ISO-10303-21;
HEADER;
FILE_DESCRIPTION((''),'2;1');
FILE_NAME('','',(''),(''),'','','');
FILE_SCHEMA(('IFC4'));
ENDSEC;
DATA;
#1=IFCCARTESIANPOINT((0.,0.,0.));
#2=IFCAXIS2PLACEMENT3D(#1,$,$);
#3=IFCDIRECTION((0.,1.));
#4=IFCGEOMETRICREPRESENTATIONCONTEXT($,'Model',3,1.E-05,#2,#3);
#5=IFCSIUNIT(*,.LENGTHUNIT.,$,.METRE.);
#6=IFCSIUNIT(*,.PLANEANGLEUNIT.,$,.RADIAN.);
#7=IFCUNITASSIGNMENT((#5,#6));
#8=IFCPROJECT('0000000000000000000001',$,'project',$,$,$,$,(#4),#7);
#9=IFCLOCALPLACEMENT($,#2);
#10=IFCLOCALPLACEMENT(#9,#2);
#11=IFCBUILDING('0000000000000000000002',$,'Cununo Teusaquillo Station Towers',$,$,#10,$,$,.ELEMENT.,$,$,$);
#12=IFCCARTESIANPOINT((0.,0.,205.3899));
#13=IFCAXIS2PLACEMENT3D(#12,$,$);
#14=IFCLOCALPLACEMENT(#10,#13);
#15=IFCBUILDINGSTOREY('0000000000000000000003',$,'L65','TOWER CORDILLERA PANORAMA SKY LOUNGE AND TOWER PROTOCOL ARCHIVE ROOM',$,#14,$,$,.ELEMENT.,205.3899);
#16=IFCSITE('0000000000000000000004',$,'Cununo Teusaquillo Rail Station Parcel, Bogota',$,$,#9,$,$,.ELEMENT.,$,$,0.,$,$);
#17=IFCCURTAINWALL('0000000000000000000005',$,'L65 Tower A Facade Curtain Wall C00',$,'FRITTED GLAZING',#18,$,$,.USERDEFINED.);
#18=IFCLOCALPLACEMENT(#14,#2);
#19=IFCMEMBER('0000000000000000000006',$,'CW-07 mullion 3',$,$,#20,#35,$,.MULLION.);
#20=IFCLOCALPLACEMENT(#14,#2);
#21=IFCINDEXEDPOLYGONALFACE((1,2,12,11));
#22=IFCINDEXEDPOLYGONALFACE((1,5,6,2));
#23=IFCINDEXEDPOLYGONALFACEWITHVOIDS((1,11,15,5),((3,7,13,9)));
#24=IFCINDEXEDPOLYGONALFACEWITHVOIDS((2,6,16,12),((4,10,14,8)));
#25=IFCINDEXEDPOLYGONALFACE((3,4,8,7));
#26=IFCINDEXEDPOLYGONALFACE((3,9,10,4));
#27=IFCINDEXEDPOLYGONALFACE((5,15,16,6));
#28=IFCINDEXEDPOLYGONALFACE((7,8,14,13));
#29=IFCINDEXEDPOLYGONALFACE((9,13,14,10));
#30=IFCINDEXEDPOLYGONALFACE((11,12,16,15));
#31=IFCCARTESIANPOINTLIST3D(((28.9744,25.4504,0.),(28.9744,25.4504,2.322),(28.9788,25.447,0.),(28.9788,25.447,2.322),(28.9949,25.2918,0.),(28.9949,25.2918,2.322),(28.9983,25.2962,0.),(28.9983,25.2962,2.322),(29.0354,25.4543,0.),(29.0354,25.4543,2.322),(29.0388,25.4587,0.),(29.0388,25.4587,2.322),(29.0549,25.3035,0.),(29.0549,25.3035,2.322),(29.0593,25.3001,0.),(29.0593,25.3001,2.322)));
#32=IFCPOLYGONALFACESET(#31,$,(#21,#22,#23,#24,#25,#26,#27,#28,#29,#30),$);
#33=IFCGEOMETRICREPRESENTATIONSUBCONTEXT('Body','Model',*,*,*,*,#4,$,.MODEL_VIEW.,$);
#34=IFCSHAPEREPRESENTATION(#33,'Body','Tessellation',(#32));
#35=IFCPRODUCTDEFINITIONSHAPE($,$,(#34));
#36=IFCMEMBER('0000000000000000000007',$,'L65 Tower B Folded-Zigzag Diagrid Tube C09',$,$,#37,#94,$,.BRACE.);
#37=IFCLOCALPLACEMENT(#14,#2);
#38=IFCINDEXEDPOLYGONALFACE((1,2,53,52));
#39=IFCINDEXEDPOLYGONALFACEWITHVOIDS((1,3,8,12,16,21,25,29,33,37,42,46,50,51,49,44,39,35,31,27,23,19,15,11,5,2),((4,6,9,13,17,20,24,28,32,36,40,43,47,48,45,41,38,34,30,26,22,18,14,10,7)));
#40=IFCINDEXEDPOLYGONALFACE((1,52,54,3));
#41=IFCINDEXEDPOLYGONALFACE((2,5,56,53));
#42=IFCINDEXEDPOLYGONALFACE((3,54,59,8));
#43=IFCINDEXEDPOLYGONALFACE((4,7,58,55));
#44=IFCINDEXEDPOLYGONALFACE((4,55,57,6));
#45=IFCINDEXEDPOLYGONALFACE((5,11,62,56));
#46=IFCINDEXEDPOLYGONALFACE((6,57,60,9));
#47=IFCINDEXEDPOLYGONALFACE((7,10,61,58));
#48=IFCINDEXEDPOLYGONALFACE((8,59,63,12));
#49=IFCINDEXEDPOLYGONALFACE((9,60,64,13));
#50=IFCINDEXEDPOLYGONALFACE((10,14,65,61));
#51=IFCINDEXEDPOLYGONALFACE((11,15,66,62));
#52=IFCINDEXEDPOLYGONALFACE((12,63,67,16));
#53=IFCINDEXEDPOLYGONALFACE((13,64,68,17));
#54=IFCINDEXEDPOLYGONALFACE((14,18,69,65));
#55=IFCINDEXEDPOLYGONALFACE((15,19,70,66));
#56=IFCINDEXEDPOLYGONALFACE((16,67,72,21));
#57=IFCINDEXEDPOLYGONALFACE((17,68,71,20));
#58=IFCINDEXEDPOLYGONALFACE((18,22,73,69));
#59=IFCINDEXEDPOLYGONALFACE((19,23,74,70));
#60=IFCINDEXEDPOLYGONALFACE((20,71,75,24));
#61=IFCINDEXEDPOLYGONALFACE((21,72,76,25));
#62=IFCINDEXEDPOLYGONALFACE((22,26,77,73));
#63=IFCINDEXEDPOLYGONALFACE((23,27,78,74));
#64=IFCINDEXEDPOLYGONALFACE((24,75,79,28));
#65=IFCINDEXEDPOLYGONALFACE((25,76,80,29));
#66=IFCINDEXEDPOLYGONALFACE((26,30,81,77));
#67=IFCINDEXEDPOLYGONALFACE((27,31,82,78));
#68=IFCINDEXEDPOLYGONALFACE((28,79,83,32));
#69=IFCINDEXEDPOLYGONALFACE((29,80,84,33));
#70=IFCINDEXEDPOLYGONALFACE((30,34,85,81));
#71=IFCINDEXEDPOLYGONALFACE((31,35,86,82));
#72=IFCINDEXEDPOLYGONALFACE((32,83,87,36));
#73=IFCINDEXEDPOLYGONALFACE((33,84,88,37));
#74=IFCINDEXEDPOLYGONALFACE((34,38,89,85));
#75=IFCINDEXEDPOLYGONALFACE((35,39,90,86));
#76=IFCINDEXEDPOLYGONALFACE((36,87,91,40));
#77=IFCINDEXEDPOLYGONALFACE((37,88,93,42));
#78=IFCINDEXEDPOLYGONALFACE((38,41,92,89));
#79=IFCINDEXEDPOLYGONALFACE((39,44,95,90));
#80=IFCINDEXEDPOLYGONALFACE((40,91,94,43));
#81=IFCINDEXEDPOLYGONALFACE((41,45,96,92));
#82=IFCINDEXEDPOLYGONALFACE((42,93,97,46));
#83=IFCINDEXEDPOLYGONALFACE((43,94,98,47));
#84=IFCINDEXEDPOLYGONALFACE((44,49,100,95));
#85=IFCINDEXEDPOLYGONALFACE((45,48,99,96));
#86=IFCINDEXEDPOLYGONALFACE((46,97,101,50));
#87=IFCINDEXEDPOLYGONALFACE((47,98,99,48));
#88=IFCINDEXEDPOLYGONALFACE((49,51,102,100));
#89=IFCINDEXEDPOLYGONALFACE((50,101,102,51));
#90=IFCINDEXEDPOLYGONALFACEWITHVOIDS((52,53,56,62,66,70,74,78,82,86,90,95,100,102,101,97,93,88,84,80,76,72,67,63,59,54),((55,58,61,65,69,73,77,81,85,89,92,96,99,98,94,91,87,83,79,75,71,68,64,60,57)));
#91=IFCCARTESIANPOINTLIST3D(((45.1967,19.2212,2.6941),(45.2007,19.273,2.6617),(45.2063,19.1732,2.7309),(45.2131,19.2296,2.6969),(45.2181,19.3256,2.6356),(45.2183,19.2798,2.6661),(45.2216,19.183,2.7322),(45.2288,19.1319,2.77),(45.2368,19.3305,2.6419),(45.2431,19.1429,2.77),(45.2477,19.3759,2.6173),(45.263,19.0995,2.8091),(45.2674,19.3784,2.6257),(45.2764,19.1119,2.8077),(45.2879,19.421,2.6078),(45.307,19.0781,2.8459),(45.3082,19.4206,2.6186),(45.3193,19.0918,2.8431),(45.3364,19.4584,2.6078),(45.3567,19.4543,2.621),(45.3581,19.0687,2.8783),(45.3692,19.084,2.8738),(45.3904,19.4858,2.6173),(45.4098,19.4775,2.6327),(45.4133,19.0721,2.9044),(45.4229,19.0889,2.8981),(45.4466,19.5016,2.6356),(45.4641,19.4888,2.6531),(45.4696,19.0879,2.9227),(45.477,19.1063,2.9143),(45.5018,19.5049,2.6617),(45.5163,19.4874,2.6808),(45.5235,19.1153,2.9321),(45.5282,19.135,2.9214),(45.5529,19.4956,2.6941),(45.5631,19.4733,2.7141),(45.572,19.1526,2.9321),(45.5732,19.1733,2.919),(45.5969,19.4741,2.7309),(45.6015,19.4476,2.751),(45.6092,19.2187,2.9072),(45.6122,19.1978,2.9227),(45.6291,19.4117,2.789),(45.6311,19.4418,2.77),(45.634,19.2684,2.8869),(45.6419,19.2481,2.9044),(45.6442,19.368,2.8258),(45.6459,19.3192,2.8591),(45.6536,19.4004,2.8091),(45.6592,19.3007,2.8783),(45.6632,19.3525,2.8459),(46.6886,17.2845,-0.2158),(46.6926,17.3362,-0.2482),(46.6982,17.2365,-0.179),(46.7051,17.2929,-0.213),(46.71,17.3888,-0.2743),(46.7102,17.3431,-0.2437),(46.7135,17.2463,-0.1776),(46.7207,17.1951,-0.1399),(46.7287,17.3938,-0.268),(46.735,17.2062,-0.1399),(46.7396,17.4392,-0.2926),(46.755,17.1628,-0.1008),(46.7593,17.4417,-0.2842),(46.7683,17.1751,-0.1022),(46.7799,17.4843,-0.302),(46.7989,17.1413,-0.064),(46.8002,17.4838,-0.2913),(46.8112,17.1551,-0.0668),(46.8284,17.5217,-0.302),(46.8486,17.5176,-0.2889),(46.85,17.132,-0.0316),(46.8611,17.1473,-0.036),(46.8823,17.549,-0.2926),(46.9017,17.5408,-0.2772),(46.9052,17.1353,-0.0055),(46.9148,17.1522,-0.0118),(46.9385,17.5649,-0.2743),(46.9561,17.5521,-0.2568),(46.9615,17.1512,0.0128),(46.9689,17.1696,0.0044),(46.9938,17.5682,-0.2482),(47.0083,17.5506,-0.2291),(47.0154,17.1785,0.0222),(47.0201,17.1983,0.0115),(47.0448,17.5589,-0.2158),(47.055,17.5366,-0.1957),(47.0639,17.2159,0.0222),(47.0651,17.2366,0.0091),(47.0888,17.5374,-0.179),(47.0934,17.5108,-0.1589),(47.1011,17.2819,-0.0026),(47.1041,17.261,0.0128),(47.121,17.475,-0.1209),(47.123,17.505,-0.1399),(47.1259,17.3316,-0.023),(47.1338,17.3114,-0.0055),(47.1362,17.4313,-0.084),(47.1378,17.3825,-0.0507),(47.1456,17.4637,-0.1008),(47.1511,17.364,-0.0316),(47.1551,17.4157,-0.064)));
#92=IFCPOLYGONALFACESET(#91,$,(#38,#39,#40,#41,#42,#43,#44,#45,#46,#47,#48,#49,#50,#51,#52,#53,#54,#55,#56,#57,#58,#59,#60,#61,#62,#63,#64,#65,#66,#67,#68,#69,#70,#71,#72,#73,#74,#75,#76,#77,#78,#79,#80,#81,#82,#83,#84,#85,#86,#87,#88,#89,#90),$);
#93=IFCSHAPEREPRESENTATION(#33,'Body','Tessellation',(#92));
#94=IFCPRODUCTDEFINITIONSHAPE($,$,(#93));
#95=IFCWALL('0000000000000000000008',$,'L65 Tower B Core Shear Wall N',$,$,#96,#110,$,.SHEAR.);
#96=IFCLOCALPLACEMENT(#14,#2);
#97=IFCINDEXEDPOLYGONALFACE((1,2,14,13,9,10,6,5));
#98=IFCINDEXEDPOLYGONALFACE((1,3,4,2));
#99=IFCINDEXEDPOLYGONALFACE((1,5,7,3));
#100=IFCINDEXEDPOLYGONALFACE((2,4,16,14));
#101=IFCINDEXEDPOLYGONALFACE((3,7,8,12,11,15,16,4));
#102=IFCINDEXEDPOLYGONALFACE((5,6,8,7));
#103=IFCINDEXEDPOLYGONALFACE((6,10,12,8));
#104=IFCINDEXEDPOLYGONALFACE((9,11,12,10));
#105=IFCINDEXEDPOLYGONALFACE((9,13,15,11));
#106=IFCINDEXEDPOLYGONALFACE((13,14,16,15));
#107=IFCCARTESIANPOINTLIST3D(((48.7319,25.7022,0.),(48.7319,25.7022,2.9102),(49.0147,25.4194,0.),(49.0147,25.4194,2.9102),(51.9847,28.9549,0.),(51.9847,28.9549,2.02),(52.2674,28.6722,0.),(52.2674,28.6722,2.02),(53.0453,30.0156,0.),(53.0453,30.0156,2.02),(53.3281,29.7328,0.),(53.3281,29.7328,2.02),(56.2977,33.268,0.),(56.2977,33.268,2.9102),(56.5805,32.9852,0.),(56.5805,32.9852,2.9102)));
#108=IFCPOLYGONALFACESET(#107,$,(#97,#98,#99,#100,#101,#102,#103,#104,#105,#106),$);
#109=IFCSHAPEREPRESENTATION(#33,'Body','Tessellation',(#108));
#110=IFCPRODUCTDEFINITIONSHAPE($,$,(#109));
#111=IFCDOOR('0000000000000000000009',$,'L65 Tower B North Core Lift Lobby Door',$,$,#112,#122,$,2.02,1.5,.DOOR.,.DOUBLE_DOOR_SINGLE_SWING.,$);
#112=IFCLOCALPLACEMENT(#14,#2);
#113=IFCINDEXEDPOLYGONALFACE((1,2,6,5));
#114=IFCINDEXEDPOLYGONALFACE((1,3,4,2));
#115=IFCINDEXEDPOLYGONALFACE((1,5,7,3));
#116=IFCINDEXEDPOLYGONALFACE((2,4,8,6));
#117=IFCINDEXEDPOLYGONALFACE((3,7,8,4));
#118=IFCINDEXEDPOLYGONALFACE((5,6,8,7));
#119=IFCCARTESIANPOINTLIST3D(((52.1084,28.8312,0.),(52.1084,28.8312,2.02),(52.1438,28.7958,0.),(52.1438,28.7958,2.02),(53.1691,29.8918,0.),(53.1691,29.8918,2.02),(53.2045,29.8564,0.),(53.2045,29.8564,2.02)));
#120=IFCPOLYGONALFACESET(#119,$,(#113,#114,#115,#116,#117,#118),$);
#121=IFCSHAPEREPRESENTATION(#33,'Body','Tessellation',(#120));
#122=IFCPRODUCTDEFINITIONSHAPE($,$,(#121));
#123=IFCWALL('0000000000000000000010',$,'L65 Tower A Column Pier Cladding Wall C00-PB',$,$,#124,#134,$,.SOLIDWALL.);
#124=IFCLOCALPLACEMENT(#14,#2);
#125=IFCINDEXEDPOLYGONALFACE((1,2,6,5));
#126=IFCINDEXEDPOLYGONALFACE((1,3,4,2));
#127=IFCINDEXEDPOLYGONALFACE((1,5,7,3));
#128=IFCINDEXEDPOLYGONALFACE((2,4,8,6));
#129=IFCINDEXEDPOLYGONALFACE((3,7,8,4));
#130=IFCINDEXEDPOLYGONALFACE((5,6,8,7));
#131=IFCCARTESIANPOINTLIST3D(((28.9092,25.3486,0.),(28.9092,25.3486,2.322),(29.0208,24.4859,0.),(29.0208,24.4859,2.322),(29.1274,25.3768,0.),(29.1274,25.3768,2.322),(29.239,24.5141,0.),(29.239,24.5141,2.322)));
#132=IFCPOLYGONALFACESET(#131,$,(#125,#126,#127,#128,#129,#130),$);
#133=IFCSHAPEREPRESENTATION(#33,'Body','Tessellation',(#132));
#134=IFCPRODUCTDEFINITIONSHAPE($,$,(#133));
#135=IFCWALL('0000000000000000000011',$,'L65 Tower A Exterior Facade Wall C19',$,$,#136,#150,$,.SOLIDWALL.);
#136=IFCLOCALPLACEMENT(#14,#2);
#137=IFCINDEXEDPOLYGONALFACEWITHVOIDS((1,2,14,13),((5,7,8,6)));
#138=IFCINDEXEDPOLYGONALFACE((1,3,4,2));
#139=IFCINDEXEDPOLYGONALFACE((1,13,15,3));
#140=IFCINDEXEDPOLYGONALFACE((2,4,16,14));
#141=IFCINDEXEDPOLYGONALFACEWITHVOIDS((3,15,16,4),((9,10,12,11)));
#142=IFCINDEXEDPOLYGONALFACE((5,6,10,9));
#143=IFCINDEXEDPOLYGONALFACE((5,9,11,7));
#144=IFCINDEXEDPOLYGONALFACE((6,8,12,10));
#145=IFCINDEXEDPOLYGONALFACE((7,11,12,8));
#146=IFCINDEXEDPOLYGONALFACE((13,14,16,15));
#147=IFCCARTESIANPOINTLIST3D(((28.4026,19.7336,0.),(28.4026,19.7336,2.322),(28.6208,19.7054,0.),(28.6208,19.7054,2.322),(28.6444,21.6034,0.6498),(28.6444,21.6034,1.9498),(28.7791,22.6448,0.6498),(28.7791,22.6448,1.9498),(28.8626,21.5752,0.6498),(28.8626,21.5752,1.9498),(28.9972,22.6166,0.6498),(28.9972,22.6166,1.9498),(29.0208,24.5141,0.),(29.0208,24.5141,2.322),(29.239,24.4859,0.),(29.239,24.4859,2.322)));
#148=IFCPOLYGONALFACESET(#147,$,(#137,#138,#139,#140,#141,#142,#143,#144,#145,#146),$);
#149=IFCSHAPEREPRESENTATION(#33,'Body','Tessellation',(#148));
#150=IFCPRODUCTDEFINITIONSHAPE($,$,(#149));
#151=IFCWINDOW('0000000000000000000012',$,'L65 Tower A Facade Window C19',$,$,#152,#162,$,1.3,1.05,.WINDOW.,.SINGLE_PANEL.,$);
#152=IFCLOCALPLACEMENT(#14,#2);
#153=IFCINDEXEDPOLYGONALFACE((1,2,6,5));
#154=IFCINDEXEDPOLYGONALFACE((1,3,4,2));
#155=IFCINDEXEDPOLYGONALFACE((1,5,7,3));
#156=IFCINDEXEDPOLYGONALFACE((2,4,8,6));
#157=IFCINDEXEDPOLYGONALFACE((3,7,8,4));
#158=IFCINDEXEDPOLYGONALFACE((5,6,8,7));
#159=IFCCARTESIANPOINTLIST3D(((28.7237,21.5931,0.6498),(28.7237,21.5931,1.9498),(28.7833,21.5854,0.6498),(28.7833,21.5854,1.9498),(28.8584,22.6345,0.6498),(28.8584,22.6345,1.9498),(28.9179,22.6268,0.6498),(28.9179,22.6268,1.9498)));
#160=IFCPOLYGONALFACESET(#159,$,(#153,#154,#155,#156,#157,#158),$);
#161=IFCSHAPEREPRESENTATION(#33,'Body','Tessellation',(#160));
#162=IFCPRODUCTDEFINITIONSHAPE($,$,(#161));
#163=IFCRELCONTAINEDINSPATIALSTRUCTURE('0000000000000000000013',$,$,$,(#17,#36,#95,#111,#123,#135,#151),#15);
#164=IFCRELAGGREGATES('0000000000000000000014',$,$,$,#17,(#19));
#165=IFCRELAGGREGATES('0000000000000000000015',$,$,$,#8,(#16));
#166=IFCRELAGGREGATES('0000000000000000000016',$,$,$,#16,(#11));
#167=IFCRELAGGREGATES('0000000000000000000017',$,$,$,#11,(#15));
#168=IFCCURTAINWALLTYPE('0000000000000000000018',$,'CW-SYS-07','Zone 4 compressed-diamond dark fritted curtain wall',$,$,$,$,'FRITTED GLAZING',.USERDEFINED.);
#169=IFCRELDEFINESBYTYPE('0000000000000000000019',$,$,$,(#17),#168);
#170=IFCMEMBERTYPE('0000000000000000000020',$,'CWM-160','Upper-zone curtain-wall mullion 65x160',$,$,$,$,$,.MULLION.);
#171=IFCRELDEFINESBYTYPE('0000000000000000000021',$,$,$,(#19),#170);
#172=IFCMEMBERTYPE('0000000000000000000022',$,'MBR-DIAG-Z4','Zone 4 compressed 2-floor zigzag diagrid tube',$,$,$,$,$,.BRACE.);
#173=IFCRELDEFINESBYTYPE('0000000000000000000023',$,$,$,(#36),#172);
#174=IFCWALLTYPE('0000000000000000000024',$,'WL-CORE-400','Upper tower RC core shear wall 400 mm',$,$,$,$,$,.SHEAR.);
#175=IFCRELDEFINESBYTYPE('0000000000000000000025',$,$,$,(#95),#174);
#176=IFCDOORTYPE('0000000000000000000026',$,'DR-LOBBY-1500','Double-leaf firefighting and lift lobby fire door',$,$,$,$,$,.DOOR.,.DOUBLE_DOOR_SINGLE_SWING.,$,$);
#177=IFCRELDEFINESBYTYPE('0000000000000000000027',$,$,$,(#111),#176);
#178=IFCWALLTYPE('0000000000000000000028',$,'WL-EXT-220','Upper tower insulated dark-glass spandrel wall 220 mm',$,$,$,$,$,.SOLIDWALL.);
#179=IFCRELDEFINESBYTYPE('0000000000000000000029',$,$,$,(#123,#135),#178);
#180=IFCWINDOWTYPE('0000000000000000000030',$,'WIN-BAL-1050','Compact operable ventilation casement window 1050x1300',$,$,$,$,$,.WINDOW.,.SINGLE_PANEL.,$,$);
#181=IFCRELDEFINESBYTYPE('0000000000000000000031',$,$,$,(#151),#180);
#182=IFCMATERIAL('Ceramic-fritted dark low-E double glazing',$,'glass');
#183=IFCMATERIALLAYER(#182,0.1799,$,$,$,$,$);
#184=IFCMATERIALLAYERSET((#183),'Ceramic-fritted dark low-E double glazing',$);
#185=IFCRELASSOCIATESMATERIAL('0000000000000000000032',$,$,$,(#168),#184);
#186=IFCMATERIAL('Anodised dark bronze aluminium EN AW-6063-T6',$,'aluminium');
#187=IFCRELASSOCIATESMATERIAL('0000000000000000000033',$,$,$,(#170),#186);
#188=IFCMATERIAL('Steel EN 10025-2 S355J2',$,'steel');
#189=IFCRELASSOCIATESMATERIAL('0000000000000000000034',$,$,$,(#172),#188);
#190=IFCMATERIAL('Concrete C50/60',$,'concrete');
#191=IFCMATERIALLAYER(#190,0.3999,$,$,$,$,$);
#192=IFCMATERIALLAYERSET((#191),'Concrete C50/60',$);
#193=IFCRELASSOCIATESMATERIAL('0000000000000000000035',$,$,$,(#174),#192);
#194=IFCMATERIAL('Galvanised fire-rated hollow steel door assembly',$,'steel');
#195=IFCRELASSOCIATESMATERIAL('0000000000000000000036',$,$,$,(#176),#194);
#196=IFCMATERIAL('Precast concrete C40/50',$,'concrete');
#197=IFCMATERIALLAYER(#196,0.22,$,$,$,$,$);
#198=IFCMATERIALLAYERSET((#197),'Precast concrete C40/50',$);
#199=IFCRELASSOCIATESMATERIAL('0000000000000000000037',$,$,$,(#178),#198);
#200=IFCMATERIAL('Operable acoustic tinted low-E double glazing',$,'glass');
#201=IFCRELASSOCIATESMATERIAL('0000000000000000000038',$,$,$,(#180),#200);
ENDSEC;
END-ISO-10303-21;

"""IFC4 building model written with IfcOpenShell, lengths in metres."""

from ifc_helpers import new_model, si_unit, direction, frame, frame_2d, origin, origin_2d, place, context, subcontext, project, spatial, rectangle, hollow_rectangle, hollow_circle, extrude, source, transform, mapped, material, layer, layer_set, material_profile, profile_set, type_object, element, fill, aggregate, save


model = new_model("IFC4")

# Units and contexts
model_context = context("Model", 3, precision=1e-05, world=origin(), true_north=direction((0.0, 1.0)))
body_context = subcontext(model_context, "Body", "Model", "MODEL_VIEW")
ifc_project = project(units=[si_unit("LENGTHUNIT", "METRE"), si_unit("PLANEANGLEUNIT", "RADIAN")], contexts=[model_context])

# Site, building, storey
site_placement = place(None, origin())
site = spatial("IfcSite", under=ifc_project, at=site_placement, Name="Cununo Teusaquillo Rail Station Parcel, Bogota", CompositionType="ELEMENT", RefElevation=0.0)
building_placement = place(site_placement, origin())
building = spatial("IfcBuilding", under=site, at=building_placement, Name="Cununo Teusaquillo Station Towers", CompositionType="ELEMENT")
storey_placement = place(building_placement, frame((0.0, 0.0, 205.3899)))
storey = spatial("IfcBuildingStorey", under=building, at=storey_placement, Name="L65", Description="TOWER CORDILLERA PANORAMA SKY LOUNGE AND TOWER PROTOCOL ARCHIVE ROOM", CompositionType="ELEMENT", Elevation=205.3899)

# Curtain wall, member
ifc_material_1 = material(Name="Ceramic-fritted dark low-E double glazing", Category="glass")
ifc_layer_1 = layer(ifc_material_1, 0.1799)
ifc_layer_set_1 = layer_set([ifc_layer_1], Name="Ceramic-fritted dark low-E double glazing")
curtain_wall_type = type_object("IfcCurtainWallType", Name="CW-SYS-07", Description="Zone 4 compressed-diamond dark fritted curtain wall", ElementType="FRITTED GLAZING", PredefinedType="USERDEFINED", material=ifc_layer_set_1)
curtain_wall_placement = place(storey_placement, origin())
curtain_wall = element("IfcCurtainWall", 1, at=curtain_wall_placement, inside=storey, type_object=curtain_wall_type, Name="L65 Tower A Facade Curtain Wall C00", ObjectType="FRITTED GLAZING", PredefinedType="USERDEFINED")
ifc_material_2 = material(Name="Anodised dark bronze aluminium EN AW-6063-T6", Category="aluminium")
ifc_material_profile_1 = material_profile(ifc_material_2, hollow_rectangle(XDim=0.0649, YDim=0.1599, WallThickness=0.0039, at=origin_2d()), Name="CW-MULL-65x160")
ifc_profile_set_1 = profile_set([ifc_material_profile_1], Name="Anodised dark bronze aluminium EN AW-6063-T6")
member_type_1 = type_object("IfcMemberType", Name="CWM-160", Description="Upper-zone curtain-wall mullion 65x160", PredefinedType="MULLION", material=ifc_profile_set_1)
member_1_placement = place(storey_placement, frame((29.0168, 25.3752, 0.0), z_axis=(0.0, 0.0, 1.0), x_axis=(0.991742, 0.128253, 0.0)))
member_1 = element("IfcMember", 2, at=member_1_placement, type_object=member_type_1, Name="CW-07 mullion 3", PredefinedType="MULLION", context=body_context, shape_type="SweptSolid", body=[
    extrude(hollow_rectangle(XDim=0.0649, YDim=0.1599, WallThickness=0.0039, at=origin_2d()), origin(), (0.0, 0.0, 1.0), 2.322),
])
aggregate(curtain_wall, [member_1])

# Member
ifc_material_3 = material(Name="Steel EN 10025-2 S355J2", Category="steel")
ifc_material_profile_2 = material_profile(ifc_material_3, hollow_circle(Radius=0.2539, WallThickness=0.0181, at=origin_2d()), Name="CHS 508x18")
ifc_profile_set_2 = profile_set([ifc_material_profile_2], Name="Steel EN 10025-2 S355J2")
member_type_2 = type_object("IfcMemberType", Name="MBR-DIAG-Z4", Description="Zone 4 compressed 2-floor zigzag diagrid tube", PredefinedType="BRACE", material=ifc_profile_set_2)
member_2_placement = place(storey_placement, frame((46.9219, 17.3501, -0.1399), z_axis=(-0.392555, 0.509595, 0.765646), x_axis=(-0.792204, -0.610256, 0.0)))
element("IfcMember", 3, at=member_2_placement, inside=storey, type_object=member_type_2, Name="L65 Tower B Folded-Zigzag Diagrid Tube C09", PredefinedType="BRACE", context=body_context, shape_type="SweptSolid", body=[
    extrude(hollow_circle(Radius=0.2539, WallThickness=0.0181, at=origin_2d()), origin(), (0.0, 0.0, 1.0), 3.8005),
])

# Wall, opening, door
ifc_material_4 = material(Name="Concrete C50/60", Category="concrete")
ifc_layer_2 = layer(ifc_material_4, 0.3999)
ifc_layer_set_2 = layer_set([ifc_layer_2], Name="Concrete C50/60")
wall_type_1 = type_object("IfcWallType", Name="WL-CORE-400", Description="Upper tower RC core shear wall 400 mm", PredefinedType="SHEAR", material=ifc_layer_set_2)
wall_1_placement = place(storey_placement, frame((48.8733, 25.5608, 0.0), z_axis=(0.0, 0.0, 1.0), x_axis=(0.707107, 0.707107, 0.0)))
wall_1 = element("IfcWall", 4, at=wall_1_placement, inside=storey, type_object=wall_type_1, Name="L65 Tower B Core Shear Wall N", PredefinedType="SHEAR", context=body_context, shape_type="SweptSolid", body=[
    extrude(rectangle(XDim=10.6997, YDim=0.3999, at=frame_2d((5.3499, 0.0))), origin(), (0.0, 0.0, 1.0), 2.9102),
])
shared_shape_1 = source(origin(), body_context, "Body", "SweptSolid", [
    extrude(rectangle(XDim=1.5, YDim=2.02, at=frame_2d((0.75, 1.01))), frame((0.0, 0.21, 0.0), z_axis=(0.0, -1.0, 0.0), x_axis=(1.0, 0.0, 0.0)), (0.0, 0.0, 1.0), 0.4199),
])
opening_1_placement = place(wall_1_placement, frame((4.6001, 0.0, 0.0)))
opening_1 = element("IfcOpeningElement", 5, at=opening_1_placement, cuts=wall_1, PredefinedType="OPENING", context=body_context, shape_type="MappedRepresentation", body=[
    mapped(shared_shape_1, transform((0.0, 0.0, 0.0), x_axis=(1.0, 0.0, 0.0), y_axis=(0.0, 1.0, 0.0), z_axis=(0.0, 0.0, 1.0), scale=1.0)),
])
ifc_material_5 = material(Name="Galvanised fire-rated hollow steel door assembly", Category="steel")
door_type_1 = type_object("IfcDoorType", Name="DR-LOBBY-1500", Description="Double-leaf firefighting and lift lobby fire door", OperationType="DOUBLE_DOOR_SINGLE_SWING", PredefinedType="DOOR", material=ifc_material_5)
shared_shape_2 = source(origin(), body_context, "Body", "SweptSolid", [
    extrude(rectangle(XDim=1.5, YDim=2.02, at=frame_2d((0.75, 1.01))), frame((0.0, 0.0249, 0.0), z_axis=(0.0, -1.0, 0.0), x_axis=(1.0, 0.0, 0.0)), (0.0, 0.0, 1.0), 0.05),
])
door_1_placement = place(opening_1_placement, origin())
door_1 = element("IfcDoor", 6, at=door_1_placement, inside=storey, type_object=door_type_1, Name="L65 Tower B North Core Lift Lobby Door", OperationType="DOUBLE_DOOR_SINGLE_SWING", OverallHeight=2.02, OverallWidth=1.5, PredefinedType="DOOR", context=body_context, shape_type="MappedRepresentation", body=[
    mapped(shared_shape_2, transform((0.0, 0.0, 0.0), x_axis=(1.0, 0.0, 0.0), y_axis=(0.0, 1.0, 0.0), z_axis=(0.0, 0.0, 1.0), scale=1.0)),
])
fill(opening_1, door_1)

# Wall
ifc_material_6 = material(Name="Precast concrete C40/50", Category="concrete")
ifc_layer_3 = layer(ifc_material_6, 0.22)
ifc_layer_set_3 = layer_set([ifc_layer_3], Name="Precast concrete C40/50")
wall_type_2 = type_object("IfcWallType", Name="WL-EXT-220", Description="Upper tower insulated dark-glass spandrel wall 220 mm", PredefinedType="SOLIDWALL", material=ifc_layer_set_3)
wall_2_placement = place(storey_placement, frame((29.0183, 25.3628, 0.0), z_axis=(0.0, 0.0, 1.0), x_axis=(0.128247, -0.991742, 0.0)))
element("IfcWall", 7, at=wall_2_placement, inside=storey, type_object=wall_type_2, Name="L65 Tower A Column Pier Cladding Wall C00-PB", PredefinedType="SOLIDWALL", context=body_context, shape_type="SweptSolid", body=[
    extrude(rectangle(XDim=0.8699, YDim=0.22, at=frame_2d((0.4351, 0.0))), origin(), (0.0, 0.0, 1.0), 2.322),
])

# Wall, opening, window
wall_3_placement = place(storey_placement, frame((29.1299, 24.5, 0.0), z_axis=(0.0, 0.0, 1.0), x_axis=(-0.128241, -0.991743, 0.0)))
wall_3 = element("IfcWall", 8, at=wall_3_placement, inside=storey, type_object=wall_type_2, Name="L65 Tower A Exterior Facade Wall C19", PredefinedType="SOLIDWALL", context=body_context, shape_type="SweptSolid", body=[
    extrude(rectangle(XDim=4.8203, YDim=0.22, at=frame_2d((2.4102, 0.0))), origin(), (0.0, 0.0, 1.0), 2.322),
])
shared_shape_3 = source(origin(), body_context, "Body", "SweptSolid", [
    extrude(rectangle(XDim=1.05, YDim=1.3, at=frame_2d((0.5249, 0.6499))), frame((0.0, 0.1199, 0.0), z_axis=(0.0, -1.0, 0.0), x_axis=(1.0, 0.0, 0.0)), (0.0, 0.0, 1.0), 0.24),
])
opening_2_placement = place(wall_3_placement, frame((1.885, 0.0, 0.6499)))
opening_2 = element("IfcOpeningElement", 9, at=opening_2_placement, cuts=wall_3, PredefinedType="OPENING", context=body_context, shape_type="MappedRepresentation", body=[
    mapped(shared_shape_3, transform((0.0, 0.0, 0.0), x_axis=(1.0, 0.0, 0.0), y_axis=(0.0, 1.0, 0.0), z_axis=(0.0, 0.0, 1.0), scale=1.0)),
])
ifc_material_7 = material(Name="Operable acoustic tinted low-E double glazing", Category="glass")
window_type = type_object("IfcWindowType", Name="WIN-BAL-1050", Description="Compact operable ventilation casement window 1050x1300", PartitioningType="SINGLE_PANEL", PredefinedType="WINDOW", material=ifc_material_7)
shared_shape_4 = source(origin(), body_context, "Body", "SweptSolid", [
    extrude(rectangle(XDim=1.05, YDim=1.3, at=frame_2d((0.5249, 0.6499))), frame((0.0, 0.03, 0.0), z_axis=(0.0, -1.0, 0.0), x_axis=(1.0, 0.0, 0.0)), (0.0, 0.0, 1.0), 0.0601),
])
window_1_placement = place(opening_2_placement, origin())
window_1 = element("IfcWindow", 10, at=window_1_placement, inside=storey, type_object=window_type, Name="L65 Tower A Facade Window C19", OverallHeight=1.3, OverallWidth=1.05, PartitioningType="SINGLE_PANEL", PredefinedType="WINDOW", context=body_context, shape_type="MappedRepresentation", body=[
    mapped(shared_shape_4, transform((0.0, 0.0, 0.0), x_axis=(1.0, 0.0, 0.0), y_axis=(0.0, 1.0, 0.0), z_axis=(0.0, 0.0, 1.0), scale=1.0)),
])
fill(opening_2, window_1)

save(model, "model.ifc")
